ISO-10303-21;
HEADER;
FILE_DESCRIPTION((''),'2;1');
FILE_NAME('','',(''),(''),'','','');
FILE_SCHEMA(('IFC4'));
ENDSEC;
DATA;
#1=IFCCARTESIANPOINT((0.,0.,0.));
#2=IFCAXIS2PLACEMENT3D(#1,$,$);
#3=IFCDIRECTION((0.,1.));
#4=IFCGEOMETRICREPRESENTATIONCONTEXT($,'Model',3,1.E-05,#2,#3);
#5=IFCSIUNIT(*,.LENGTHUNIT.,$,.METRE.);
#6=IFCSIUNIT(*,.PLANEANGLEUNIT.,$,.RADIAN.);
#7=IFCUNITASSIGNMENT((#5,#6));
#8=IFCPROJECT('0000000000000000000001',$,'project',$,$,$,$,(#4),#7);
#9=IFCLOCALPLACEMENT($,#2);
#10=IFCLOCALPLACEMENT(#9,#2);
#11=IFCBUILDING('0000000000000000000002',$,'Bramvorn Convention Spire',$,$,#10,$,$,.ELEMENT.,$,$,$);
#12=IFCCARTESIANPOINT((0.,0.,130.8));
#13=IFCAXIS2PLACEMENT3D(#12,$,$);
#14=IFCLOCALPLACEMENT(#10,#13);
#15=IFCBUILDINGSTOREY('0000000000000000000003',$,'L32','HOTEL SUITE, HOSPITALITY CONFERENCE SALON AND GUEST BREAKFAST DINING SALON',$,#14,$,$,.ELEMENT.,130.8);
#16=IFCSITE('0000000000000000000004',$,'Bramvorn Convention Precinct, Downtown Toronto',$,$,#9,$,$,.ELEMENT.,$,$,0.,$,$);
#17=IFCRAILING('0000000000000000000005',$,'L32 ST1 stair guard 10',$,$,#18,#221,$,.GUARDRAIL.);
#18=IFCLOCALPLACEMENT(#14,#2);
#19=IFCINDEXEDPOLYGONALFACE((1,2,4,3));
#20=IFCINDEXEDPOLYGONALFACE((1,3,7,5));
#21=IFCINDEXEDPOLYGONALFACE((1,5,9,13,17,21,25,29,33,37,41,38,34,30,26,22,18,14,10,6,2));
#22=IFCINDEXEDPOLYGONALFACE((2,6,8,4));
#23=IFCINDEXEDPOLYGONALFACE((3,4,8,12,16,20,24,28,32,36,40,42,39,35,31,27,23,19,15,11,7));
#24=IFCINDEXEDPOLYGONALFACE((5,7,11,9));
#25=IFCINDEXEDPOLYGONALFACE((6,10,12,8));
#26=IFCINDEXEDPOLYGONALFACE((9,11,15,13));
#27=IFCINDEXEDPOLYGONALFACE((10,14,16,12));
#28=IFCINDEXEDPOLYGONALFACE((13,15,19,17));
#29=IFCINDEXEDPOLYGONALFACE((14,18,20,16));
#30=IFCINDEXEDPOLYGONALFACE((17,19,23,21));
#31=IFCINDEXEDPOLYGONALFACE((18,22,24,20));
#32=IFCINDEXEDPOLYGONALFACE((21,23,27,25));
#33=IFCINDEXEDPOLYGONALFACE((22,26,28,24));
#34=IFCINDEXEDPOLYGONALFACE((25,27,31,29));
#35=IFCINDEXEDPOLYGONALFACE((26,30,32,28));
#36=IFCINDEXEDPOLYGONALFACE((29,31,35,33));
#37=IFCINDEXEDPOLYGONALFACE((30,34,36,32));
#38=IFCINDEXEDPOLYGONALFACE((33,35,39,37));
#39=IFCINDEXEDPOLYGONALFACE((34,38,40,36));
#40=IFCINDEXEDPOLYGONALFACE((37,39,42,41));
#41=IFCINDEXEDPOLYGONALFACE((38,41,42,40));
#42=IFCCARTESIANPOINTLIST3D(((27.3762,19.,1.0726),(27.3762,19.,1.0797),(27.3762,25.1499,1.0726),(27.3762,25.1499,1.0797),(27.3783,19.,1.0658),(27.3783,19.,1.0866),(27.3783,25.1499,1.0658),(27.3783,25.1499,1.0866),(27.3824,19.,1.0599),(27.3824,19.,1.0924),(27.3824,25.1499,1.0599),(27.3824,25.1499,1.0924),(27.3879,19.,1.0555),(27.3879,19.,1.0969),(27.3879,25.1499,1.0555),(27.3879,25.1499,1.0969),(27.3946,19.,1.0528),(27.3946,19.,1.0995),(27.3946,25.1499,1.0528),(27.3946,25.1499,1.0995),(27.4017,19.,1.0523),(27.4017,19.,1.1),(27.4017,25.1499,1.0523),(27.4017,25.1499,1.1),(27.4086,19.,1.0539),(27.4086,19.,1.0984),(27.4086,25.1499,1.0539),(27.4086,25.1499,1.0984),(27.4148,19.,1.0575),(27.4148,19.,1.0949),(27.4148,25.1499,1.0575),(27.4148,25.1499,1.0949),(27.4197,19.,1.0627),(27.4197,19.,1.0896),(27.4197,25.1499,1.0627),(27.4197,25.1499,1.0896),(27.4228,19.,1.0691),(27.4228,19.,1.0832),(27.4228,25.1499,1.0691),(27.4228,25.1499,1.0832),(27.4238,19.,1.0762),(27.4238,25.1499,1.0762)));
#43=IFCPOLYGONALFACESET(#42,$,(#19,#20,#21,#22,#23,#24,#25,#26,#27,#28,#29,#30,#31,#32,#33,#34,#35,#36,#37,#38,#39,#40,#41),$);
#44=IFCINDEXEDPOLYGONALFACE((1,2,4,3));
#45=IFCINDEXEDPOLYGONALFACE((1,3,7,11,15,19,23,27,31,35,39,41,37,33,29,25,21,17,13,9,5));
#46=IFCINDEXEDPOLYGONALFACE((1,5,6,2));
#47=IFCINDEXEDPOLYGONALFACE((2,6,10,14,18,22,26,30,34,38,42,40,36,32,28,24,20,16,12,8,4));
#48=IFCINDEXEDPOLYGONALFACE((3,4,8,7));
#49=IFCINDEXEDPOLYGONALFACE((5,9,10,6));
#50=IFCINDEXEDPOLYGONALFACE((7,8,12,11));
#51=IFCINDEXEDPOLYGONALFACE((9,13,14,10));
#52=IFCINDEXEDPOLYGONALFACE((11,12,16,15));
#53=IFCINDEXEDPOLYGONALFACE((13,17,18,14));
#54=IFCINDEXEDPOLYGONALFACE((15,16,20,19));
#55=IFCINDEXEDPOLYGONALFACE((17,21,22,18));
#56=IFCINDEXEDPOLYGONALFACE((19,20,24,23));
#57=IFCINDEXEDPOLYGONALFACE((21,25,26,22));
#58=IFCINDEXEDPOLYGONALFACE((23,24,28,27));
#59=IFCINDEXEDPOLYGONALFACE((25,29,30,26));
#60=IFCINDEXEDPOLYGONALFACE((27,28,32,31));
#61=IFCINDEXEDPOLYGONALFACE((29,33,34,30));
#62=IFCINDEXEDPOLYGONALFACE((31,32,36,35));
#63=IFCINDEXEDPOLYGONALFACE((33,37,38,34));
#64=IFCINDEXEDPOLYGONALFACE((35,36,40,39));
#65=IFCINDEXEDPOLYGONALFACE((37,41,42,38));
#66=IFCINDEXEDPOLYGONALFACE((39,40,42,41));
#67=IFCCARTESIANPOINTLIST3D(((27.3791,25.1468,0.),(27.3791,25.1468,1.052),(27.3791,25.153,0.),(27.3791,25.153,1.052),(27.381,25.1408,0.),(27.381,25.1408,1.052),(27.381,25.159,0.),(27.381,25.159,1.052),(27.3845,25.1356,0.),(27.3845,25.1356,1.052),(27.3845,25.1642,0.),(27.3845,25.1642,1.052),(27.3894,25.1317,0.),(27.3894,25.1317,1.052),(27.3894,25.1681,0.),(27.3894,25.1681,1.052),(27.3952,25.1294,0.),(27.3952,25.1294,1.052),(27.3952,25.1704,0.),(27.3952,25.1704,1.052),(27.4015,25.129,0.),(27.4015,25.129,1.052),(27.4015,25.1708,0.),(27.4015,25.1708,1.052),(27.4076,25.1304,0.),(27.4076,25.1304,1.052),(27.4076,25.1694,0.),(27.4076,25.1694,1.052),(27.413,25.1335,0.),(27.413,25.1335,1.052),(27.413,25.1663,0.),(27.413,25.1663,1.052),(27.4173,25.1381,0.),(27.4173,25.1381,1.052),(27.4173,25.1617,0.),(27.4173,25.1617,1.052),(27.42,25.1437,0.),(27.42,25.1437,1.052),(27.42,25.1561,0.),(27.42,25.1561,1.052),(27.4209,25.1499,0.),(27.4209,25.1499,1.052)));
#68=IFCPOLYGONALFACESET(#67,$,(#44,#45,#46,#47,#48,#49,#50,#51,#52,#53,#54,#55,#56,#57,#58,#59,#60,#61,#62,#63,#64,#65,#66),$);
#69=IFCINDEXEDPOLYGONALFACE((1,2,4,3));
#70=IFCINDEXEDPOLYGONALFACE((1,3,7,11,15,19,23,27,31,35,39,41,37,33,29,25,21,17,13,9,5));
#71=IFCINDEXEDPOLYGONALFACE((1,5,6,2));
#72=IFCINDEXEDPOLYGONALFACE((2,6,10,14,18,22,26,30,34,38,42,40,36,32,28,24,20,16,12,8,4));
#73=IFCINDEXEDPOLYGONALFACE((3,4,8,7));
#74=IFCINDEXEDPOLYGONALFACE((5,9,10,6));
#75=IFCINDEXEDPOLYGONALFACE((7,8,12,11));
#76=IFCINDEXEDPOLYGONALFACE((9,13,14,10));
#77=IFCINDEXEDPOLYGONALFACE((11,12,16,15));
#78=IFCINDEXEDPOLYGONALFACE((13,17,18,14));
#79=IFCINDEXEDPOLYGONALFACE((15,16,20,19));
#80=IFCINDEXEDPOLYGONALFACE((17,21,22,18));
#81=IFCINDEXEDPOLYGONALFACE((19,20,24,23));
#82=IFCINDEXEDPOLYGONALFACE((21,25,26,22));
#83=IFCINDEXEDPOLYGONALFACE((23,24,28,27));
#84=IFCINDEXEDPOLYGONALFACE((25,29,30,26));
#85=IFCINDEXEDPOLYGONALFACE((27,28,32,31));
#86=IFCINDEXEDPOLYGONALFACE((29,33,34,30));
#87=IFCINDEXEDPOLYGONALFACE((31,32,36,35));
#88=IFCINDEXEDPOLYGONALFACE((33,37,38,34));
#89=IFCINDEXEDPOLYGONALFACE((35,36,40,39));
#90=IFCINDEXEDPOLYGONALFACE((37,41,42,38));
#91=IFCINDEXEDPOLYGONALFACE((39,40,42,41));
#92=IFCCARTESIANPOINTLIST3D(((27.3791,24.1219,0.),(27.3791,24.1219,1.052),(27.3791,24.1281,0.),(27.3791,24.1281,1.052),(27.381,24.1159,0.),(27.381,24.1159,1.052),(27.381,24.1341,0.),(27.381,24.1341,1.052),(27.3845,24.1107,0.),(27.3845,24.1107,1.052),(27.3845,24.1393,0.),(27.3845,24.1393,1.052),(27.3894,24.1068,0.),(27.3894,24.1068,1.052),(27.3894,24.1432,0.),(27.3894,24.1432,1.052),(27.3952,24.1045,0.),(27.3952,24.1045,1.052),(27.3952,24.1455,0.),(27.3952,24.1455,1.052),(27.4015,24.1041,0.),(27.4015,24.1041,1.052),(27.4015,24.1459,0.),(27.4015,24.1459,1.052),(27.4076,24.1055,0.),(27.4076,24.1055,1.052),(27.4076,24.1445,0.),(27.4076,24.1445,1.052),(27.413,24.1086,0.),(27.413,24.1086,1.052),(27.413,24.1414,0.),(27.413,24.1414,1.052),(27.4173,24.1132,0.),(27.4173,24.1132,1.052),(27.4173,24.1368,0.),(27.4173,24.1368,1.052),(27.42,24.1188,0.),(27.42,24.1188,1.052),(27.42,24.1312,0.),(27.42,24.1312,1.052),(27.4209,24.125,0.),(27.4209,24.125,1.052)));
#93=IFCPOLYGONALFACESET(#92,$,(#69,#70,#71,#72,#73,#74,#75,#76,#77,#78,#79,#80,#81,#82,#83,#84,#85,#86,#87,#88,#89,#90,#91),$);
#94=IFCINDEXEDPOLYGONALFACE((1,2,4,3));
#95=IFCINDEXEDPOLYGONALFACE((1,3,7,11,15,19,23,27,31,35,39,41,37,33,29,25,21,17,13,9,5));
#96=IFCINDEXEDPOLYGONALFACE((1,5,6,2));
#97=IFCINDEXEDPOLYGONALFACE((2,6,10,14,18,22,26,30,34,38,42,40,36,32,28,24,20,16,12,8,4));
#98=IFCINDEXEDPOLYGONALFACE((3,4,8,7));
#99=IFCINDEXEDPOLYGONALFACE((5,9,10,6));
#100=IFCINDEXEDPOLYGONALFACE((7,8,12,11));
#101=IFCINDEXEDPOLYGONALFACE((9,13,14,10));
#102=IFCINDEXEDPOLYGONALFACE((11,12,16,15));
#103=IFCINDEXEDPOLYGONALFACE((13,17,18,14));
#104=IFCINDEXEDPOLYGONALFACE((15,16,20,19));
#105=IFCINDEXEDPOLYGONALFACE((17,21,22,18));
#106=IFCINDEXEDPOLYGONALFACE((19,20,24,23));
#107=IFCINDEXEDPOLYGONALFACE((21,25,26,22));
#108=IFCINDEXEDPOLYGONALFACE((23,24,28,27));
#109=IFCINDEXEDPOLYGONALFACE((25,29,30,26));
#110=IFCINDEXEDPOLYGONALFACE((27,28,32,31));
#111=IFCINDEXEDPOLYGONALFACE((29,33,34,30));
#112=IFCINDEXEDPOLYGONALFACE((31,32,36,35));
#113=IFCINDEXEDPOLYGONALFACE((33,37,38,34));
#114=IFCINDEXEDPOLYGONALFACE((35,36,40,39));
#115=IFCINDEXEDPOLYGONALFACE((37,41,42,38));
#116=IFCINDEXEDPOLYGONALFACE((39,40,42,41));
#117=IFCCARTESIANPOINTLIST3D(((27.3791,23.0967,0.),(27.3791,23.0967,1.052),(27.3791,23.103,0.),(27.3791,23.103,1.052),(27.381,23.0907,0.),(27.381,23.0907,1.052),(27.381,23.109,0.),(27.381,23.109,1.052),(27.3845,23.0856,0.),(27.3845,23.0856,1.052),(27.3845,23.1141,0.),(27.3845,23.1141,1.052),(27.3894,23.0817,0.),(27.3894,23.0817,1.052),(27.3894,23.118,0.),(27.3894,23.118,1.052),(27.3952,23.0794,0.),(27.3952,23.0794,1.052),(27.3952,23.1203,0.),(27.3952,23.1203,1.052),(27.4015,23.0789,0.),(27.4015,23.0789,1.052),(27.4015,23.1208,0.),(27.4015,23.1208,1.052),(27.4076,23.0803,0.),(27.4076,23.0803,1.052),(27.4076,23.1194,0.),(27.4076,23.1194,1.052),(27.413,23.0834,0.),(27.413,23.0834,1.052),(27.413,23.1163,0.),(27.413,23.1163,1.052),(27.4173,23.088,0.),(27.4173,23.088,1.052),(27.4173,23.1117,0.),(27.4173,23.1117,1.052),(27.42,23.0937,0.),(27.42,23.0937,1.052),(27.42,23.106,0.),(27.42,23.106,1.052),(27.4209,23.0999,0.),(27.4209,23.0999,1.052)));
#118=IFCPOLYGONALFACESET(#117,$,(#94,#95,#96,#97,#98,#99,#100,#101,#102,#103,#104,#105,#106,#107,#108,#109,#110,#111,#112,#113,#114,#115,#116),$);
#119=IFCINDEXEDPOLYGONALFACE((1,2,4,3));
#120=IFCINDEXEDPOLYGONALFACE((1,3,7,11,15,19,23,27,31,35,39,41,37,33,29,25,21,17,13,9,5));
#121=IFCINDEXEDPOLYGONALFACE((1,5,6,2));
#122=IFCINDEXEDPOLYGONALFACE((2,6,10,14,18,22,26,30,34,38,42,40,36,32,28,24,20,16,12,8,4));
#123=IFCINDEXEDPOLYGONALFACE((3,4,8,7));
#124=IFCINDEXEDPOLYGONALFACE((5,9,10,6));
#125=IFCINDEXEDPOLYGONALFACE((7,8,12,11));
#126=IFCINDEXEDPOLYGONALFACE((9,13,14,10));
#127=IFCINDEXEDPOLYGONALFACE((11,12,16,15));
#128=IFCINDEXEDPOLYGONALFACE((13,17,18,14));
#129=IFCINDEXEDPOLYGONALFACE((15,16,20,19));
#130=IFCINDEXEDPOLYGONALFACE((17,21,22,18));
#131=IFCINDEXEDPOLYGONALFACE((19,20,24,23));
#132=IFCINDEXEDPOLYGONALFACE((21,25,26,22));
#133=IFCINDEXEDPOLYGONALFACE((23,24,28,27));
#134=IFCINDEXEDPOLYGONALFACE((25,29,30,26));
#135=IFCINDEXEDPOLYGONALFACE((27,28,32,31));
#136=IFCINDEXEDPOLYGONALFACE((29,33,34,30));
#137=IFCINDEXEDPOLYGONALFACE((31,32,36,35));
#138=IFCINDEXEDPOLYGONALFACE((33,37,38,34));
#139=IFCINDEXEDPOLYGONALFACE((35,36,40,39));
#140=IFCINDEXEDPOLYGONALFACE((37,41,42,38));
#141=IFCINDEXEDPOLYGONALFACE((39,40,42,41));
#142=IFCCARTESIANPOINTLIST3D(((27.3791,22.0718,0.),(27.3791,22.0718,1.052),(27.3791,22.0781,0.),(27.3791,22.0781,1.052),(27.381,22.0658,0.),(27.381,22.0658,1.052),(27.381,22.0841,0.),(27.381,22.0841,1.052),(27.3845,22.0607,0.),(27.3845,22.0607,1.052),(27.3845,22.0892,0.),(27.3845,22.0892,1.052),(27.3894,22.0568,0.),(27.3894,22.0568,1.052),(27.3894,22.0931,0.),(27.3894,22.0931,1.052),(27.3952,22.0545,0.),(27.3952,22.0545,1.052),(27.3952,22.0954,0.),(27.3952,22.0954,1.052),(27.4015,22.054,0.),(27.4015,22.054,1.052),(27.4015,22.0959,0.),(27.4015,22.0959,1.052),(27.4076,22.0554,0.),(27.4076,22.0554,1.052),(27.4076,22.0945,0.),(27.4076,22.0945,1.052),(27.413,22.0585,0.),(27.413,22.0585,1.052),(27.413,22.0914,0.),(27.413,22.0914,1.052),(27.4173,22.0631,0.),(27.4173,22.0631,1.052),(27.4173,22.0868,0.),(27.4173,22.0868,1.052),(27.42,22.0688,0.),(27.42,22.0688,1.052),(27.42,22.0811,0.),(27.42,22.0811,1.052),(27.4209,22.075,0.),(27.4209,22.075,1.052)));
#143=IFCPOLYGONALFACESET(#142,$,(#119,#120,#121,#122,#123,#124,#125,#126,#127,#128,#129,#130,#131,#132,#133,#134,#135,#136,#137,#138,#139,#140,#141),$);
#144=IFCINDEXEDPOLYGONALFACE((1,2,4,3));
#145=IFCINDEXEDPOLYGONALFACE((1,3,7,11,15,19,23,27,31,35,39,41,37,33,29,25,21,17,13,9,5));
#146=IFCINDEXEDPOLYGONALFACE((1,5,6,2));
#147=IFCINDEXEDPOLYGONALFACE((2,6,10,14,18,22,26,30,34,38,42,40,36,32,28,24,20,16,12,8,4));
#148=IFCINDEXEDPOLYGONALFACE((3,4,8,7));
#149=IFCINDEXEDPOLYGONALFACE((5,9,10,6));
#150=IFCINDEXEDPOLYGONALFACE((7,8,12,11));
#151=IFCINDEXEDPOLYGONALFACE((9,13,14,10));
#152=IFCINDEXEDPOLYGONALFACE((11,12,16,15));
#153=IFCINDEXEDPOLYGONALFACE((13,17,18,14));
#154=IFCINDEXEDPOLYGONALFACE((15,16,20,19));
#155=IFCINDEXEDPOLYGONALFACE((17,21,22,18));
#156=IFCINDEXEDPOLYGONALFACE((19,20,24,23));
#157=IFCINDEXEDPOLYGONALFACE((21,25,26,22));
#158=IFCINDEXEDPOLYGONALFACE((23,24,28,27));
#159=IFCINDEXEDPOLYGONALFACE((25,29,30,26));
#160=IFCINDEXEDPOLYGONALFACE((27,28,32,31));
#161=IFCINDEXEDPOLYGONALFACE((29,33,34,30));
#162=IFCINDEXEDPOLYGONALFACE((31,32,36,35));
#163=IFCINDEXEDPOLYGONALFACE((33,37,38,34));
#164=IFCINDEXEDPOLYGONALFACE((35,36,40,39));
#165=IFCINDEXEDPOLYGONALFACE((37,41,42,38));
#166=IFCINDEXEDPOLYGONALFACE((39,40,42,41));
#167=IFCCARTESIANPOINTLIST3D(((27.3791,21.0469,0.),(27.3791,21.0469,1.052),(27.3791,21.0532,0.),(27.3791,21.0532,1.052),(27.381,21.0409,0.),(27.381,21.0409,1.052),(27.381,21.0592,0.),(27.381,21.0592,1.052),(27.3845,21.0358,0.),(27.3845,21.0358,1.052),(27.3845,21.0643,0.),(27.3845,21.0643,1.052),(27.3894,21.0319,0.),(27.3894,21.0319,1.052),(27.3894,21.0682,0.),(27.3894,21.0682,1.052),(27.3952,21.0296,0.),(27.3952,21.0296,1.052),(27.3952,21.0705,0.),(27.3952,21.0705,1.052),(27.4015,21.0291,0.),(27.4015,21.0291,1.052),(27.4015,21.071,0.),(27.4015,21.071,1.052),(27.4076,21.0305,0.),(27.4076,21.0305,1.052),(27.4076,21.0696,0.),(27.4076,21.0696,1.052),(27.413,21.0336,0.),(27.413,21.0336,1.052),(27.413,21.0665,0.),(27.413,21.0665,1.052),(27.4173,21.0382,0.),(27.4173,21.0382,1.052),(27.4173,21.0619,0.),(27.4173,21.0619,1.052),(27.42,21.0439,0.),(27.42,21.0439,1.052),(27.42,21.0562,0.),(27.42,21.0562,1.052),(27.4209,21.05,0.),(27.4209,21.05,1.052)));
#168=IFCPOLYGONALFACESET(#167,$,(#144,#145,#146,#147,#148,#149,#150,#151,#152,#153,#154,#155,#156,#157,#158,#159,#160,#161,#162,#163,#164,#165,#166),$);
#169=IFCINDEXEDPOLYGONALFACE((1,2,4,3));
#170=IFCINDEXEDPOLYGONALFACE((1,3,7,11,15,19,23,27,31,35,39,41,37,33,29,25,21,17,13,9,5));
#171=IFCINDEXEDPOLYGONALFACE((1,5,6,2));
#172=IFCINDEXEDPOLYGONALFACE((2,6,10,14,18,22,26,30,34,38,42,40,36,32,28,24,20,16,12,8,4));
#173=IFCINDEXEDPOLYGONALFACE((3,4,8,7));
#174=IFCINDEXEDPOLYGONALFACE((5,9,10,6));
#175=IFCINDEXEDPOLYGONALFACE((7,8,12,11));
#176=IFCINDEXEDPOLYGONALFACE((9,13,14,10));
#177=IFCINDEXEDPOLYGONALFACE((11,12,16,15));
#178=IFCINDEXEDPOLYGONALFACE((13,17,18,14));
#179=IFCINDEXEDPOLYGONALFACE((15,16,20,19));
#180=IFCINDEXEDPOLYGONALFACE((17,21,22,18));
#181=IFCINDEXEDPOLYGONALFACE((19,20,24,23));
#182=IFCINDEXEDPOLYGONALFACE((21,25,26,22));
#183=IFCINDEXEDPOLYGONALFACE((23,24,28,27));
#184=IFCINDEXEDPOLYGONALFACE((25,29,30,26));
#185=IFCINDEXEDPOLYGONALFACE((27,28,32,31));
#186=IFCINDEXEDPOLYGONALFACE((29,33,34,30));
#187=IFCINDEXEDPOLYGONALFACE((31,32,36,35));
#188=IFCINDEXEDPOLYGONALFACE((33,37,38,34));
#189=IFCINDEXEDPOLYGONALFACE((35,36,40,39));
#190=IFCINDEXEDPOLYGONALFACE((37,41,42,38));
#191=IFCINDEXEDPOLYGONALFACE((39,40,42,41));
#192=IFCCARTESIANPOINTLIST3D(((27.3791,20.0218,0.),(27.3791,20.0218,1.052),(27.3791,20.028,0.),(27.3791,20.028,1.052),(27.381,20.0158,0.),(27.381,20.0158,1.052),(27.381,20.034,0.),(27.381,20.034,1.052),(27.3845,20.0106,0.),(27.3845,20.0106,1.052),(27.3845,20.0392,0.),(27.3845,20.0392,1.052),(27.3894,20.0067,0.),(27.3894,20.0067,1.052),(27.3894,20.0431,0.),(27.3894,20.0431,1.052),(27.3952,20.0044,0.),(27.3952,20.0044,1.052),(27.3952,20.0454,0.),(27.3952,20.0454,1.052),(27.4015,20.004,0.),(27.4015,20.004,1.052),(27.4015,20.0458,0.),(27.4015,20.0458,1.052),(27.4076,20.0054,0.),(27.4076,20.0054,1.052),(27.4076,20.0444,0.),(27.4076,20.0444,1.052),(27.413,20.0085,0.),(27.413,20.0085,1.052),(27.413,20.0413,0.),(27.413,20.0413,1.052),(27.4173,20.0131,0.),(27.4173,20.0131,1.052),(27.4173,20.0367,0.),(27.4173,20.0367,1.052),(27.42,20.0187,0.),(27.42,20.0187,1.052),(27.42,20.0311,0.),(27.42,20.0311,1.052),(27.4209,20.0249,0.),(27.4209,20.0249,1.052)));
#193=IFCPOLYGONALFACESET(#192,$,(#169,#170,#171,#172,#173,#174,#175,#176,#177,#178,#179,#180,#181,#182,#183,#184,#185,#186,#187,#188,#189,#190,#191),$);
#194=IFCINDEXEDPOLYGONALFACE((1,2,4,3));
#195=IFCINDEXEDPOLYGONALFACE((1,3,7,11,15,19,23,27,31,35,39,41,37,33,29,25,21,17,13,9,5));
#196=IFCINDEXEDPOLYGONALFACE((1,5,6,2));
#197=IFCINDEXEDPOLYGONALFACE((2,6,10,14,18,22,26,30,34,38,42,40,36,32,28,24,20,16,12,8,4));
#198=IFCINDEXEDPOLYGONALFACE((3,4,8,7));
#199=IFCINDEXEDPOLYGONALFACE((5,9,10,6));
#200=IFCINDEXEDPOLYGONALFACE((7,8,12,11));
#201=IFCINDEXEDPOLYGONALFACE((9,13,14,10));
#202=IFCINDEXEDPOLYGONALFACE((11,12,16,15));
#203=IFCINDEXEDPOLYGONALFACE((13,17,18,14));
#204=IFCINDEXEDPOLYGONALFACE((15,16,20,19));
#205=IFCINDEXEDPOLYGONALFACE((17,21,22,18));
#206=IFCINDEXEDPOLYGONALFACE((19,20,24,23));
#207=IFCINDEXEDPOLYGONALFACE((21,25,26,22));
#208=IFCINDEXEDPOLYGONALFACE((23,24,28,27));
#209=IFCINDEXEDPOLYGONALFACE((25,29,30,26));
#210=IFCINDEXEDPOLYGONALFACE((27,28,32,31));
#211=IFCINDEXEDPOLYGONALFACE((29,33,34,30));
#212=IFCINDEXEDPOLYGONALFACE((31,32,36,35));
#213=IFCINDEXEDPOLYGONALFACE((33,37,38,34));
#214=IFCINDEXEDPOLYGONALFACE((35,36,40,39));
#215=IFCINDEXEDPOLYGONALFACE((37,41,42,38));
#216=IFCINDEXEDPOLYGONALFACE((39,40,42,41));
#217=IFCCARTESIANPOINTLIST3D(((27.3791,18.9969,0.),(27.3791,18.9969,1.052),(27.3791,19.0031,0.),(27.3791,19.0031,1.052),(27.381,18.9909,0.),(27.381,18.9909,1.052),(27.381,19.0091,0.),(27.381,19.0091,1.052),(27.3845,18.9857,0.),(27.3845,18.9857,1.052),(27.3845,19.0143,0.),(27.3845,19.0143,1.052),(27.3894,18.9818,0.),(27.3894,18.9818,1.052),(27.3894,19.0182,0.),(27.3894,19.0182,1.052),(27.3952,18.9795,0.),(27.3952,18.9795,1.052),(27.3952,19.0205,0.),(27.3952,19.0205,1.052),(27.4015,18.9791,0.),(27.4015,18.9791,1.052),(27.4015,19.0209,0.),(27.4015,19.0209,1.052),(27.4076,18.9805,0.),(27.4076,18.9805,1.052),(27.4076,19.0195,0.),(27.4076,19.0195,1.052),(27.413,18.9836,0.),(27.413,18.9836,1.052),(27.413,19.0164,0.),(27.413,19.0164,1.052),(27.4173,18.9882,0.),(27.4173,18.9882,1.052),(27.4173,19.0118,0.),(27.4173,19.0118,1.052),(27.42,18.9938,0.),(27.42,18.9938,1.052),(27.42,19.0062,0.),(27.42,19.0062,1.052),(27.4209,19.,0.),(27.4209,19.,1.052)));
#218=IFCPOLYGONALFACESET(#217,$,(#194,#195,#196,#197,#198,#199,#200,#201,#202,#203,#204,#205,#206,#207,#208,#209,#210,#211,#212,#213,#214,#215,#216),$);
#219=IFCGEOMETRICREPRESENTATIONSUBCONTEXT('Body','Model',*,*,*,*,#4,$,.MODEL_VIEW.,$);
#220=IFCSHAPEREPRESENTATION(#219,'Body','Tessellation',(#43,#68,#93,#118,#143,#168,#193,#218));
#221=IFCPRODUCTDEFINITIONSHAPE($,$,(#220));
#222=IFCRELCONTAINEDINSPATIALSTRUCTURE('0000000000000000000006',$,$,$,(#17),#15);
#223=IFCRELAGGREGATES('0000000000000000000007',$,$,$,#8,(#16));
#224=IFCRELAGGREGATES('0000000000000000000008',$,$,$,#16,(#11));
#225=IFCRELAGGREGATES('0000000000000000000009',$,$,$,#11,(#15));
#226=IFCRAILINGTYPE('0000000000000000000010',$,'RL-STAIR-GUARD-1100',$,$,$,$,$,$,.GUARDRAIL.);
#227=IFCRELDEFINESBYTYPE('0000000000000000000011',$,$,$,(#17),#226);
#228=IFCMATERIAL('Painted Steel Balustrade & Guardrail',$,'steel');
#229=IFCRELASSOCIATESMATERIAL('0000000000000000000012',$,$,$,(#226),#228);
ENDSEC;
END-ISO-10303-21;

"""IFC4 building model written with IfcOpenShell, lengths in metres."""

from ifc_helpers import new_model, si_unit, direction, frame, origin, origin_2d, place, context, subcontext, project, spatial, circle, extrude, material, type_object, element, save


model = new_model("IFC4")

# Units and contexts
model_context = context("Model", 3, precision=1e-05, world=origin(), true_north=direction((0.0, 1.0)))
body_context = subcontext(model_context, "Body", "Model", "MODEL_VIEW")
ifc_project = project(units=[si_unit("LENGTHUNIT", "METRE"), si_unit("PLANEANGLEUNIT", "RADIAN")], contexts=[model_context])

# Site, building, storey
site_placement = place(None, origin())
site = spatial("IfcSite", under=ifc_project, at=site_placement, Name="Bramvorn Convention Precinct, Downtown Toronto", CompositionType="ELEMENT", RefElevation=0.0)
building_placement = place(site_placement, origin())
building = spatial("IfcBuilding", under=site, at=building_placement, Name="Bramvorn Convention Spire", CompositionType="ELEMENT")
storey_placement = place(building_placement, frame((0.0, 0.0, 130.8)))
storey = spatial("IfcBuildingStorey", under=building, at=storey_placement, Name="L32", Description="HOTEL SUITE, HOSPITALITY CONFERENCE SALON AND GUEST BREAKFAST DINING SALON", CompositionType="ELEMENT", Elevation=130.8)

# Railing
ifc_material_1 = material(Name="Painted Steel Balustrade & Guardrail", Category="steel")
railing_type = type_object("IfcRailingType", Name="RL-STAIR-GUARD-1100", PredefinedType="GUARDRAIL", material=ifc_material_1)
railing_1_placement = place(storey_placement, frame((27.3999, 25.1499, 0.0)))
element("IfcRailing", 1, at=railing_1_placement, inside=storey, type_object=railing_type, Name="L32 ST1 stair guard 10", PredefinedType="GUARDRAIL", context=body_context, shape_type="SweptSolid", body=[
    extrude(circle(Radius=0.0239, at=origin_2d()), frame((0.0, 0.0, 1.0762), z_axis=(0.0, -1.0, 0.0), x_axis=(1.0, 0.0, 0.0)), (0.0, 0.0, 1.0), 6.1499),
    extrude(circle(Radius=0.021, at=origin_2d()), origin(), (0.0, 0.0, 1.0), 1.052),
    extrude(circle(Radius=0.021, at=origin_2d()), frame((0.0, -1.0249, 0.0)), (0.0, 0.0, 1.0), 1.052),
    extrude(circle(Radius=0.021, at=origin_2d()), frame((0.0, -2.05, 0.0)), (0.0, 0.0, 1.0), 1.052),
    extrude(circle(Radius=0.021, at=origin_2d()), frame((0.0, -3.075, 0.0)), (0.0, 0.0, 1.0), 1.052),
    extrude(circle(Radius=0.021, at=origin_2d()), frame((0.0, -4.0999, 0.0)), (0.0, 0.0, 1.0), 1.052),
    extrude(circle(Radius=0.021, at=origin_2d()), frame((0.0, -5.125, 0.0)), (0.0, 0.0, 1.0), 1.052),
    extrude(circle(Radius=0.021, at=origin_2d()), frame((0.0, -6.1499, 0.0)), (0.0, 0.0, 1.0), 1.052),
])

save(model, "model.ifc")
